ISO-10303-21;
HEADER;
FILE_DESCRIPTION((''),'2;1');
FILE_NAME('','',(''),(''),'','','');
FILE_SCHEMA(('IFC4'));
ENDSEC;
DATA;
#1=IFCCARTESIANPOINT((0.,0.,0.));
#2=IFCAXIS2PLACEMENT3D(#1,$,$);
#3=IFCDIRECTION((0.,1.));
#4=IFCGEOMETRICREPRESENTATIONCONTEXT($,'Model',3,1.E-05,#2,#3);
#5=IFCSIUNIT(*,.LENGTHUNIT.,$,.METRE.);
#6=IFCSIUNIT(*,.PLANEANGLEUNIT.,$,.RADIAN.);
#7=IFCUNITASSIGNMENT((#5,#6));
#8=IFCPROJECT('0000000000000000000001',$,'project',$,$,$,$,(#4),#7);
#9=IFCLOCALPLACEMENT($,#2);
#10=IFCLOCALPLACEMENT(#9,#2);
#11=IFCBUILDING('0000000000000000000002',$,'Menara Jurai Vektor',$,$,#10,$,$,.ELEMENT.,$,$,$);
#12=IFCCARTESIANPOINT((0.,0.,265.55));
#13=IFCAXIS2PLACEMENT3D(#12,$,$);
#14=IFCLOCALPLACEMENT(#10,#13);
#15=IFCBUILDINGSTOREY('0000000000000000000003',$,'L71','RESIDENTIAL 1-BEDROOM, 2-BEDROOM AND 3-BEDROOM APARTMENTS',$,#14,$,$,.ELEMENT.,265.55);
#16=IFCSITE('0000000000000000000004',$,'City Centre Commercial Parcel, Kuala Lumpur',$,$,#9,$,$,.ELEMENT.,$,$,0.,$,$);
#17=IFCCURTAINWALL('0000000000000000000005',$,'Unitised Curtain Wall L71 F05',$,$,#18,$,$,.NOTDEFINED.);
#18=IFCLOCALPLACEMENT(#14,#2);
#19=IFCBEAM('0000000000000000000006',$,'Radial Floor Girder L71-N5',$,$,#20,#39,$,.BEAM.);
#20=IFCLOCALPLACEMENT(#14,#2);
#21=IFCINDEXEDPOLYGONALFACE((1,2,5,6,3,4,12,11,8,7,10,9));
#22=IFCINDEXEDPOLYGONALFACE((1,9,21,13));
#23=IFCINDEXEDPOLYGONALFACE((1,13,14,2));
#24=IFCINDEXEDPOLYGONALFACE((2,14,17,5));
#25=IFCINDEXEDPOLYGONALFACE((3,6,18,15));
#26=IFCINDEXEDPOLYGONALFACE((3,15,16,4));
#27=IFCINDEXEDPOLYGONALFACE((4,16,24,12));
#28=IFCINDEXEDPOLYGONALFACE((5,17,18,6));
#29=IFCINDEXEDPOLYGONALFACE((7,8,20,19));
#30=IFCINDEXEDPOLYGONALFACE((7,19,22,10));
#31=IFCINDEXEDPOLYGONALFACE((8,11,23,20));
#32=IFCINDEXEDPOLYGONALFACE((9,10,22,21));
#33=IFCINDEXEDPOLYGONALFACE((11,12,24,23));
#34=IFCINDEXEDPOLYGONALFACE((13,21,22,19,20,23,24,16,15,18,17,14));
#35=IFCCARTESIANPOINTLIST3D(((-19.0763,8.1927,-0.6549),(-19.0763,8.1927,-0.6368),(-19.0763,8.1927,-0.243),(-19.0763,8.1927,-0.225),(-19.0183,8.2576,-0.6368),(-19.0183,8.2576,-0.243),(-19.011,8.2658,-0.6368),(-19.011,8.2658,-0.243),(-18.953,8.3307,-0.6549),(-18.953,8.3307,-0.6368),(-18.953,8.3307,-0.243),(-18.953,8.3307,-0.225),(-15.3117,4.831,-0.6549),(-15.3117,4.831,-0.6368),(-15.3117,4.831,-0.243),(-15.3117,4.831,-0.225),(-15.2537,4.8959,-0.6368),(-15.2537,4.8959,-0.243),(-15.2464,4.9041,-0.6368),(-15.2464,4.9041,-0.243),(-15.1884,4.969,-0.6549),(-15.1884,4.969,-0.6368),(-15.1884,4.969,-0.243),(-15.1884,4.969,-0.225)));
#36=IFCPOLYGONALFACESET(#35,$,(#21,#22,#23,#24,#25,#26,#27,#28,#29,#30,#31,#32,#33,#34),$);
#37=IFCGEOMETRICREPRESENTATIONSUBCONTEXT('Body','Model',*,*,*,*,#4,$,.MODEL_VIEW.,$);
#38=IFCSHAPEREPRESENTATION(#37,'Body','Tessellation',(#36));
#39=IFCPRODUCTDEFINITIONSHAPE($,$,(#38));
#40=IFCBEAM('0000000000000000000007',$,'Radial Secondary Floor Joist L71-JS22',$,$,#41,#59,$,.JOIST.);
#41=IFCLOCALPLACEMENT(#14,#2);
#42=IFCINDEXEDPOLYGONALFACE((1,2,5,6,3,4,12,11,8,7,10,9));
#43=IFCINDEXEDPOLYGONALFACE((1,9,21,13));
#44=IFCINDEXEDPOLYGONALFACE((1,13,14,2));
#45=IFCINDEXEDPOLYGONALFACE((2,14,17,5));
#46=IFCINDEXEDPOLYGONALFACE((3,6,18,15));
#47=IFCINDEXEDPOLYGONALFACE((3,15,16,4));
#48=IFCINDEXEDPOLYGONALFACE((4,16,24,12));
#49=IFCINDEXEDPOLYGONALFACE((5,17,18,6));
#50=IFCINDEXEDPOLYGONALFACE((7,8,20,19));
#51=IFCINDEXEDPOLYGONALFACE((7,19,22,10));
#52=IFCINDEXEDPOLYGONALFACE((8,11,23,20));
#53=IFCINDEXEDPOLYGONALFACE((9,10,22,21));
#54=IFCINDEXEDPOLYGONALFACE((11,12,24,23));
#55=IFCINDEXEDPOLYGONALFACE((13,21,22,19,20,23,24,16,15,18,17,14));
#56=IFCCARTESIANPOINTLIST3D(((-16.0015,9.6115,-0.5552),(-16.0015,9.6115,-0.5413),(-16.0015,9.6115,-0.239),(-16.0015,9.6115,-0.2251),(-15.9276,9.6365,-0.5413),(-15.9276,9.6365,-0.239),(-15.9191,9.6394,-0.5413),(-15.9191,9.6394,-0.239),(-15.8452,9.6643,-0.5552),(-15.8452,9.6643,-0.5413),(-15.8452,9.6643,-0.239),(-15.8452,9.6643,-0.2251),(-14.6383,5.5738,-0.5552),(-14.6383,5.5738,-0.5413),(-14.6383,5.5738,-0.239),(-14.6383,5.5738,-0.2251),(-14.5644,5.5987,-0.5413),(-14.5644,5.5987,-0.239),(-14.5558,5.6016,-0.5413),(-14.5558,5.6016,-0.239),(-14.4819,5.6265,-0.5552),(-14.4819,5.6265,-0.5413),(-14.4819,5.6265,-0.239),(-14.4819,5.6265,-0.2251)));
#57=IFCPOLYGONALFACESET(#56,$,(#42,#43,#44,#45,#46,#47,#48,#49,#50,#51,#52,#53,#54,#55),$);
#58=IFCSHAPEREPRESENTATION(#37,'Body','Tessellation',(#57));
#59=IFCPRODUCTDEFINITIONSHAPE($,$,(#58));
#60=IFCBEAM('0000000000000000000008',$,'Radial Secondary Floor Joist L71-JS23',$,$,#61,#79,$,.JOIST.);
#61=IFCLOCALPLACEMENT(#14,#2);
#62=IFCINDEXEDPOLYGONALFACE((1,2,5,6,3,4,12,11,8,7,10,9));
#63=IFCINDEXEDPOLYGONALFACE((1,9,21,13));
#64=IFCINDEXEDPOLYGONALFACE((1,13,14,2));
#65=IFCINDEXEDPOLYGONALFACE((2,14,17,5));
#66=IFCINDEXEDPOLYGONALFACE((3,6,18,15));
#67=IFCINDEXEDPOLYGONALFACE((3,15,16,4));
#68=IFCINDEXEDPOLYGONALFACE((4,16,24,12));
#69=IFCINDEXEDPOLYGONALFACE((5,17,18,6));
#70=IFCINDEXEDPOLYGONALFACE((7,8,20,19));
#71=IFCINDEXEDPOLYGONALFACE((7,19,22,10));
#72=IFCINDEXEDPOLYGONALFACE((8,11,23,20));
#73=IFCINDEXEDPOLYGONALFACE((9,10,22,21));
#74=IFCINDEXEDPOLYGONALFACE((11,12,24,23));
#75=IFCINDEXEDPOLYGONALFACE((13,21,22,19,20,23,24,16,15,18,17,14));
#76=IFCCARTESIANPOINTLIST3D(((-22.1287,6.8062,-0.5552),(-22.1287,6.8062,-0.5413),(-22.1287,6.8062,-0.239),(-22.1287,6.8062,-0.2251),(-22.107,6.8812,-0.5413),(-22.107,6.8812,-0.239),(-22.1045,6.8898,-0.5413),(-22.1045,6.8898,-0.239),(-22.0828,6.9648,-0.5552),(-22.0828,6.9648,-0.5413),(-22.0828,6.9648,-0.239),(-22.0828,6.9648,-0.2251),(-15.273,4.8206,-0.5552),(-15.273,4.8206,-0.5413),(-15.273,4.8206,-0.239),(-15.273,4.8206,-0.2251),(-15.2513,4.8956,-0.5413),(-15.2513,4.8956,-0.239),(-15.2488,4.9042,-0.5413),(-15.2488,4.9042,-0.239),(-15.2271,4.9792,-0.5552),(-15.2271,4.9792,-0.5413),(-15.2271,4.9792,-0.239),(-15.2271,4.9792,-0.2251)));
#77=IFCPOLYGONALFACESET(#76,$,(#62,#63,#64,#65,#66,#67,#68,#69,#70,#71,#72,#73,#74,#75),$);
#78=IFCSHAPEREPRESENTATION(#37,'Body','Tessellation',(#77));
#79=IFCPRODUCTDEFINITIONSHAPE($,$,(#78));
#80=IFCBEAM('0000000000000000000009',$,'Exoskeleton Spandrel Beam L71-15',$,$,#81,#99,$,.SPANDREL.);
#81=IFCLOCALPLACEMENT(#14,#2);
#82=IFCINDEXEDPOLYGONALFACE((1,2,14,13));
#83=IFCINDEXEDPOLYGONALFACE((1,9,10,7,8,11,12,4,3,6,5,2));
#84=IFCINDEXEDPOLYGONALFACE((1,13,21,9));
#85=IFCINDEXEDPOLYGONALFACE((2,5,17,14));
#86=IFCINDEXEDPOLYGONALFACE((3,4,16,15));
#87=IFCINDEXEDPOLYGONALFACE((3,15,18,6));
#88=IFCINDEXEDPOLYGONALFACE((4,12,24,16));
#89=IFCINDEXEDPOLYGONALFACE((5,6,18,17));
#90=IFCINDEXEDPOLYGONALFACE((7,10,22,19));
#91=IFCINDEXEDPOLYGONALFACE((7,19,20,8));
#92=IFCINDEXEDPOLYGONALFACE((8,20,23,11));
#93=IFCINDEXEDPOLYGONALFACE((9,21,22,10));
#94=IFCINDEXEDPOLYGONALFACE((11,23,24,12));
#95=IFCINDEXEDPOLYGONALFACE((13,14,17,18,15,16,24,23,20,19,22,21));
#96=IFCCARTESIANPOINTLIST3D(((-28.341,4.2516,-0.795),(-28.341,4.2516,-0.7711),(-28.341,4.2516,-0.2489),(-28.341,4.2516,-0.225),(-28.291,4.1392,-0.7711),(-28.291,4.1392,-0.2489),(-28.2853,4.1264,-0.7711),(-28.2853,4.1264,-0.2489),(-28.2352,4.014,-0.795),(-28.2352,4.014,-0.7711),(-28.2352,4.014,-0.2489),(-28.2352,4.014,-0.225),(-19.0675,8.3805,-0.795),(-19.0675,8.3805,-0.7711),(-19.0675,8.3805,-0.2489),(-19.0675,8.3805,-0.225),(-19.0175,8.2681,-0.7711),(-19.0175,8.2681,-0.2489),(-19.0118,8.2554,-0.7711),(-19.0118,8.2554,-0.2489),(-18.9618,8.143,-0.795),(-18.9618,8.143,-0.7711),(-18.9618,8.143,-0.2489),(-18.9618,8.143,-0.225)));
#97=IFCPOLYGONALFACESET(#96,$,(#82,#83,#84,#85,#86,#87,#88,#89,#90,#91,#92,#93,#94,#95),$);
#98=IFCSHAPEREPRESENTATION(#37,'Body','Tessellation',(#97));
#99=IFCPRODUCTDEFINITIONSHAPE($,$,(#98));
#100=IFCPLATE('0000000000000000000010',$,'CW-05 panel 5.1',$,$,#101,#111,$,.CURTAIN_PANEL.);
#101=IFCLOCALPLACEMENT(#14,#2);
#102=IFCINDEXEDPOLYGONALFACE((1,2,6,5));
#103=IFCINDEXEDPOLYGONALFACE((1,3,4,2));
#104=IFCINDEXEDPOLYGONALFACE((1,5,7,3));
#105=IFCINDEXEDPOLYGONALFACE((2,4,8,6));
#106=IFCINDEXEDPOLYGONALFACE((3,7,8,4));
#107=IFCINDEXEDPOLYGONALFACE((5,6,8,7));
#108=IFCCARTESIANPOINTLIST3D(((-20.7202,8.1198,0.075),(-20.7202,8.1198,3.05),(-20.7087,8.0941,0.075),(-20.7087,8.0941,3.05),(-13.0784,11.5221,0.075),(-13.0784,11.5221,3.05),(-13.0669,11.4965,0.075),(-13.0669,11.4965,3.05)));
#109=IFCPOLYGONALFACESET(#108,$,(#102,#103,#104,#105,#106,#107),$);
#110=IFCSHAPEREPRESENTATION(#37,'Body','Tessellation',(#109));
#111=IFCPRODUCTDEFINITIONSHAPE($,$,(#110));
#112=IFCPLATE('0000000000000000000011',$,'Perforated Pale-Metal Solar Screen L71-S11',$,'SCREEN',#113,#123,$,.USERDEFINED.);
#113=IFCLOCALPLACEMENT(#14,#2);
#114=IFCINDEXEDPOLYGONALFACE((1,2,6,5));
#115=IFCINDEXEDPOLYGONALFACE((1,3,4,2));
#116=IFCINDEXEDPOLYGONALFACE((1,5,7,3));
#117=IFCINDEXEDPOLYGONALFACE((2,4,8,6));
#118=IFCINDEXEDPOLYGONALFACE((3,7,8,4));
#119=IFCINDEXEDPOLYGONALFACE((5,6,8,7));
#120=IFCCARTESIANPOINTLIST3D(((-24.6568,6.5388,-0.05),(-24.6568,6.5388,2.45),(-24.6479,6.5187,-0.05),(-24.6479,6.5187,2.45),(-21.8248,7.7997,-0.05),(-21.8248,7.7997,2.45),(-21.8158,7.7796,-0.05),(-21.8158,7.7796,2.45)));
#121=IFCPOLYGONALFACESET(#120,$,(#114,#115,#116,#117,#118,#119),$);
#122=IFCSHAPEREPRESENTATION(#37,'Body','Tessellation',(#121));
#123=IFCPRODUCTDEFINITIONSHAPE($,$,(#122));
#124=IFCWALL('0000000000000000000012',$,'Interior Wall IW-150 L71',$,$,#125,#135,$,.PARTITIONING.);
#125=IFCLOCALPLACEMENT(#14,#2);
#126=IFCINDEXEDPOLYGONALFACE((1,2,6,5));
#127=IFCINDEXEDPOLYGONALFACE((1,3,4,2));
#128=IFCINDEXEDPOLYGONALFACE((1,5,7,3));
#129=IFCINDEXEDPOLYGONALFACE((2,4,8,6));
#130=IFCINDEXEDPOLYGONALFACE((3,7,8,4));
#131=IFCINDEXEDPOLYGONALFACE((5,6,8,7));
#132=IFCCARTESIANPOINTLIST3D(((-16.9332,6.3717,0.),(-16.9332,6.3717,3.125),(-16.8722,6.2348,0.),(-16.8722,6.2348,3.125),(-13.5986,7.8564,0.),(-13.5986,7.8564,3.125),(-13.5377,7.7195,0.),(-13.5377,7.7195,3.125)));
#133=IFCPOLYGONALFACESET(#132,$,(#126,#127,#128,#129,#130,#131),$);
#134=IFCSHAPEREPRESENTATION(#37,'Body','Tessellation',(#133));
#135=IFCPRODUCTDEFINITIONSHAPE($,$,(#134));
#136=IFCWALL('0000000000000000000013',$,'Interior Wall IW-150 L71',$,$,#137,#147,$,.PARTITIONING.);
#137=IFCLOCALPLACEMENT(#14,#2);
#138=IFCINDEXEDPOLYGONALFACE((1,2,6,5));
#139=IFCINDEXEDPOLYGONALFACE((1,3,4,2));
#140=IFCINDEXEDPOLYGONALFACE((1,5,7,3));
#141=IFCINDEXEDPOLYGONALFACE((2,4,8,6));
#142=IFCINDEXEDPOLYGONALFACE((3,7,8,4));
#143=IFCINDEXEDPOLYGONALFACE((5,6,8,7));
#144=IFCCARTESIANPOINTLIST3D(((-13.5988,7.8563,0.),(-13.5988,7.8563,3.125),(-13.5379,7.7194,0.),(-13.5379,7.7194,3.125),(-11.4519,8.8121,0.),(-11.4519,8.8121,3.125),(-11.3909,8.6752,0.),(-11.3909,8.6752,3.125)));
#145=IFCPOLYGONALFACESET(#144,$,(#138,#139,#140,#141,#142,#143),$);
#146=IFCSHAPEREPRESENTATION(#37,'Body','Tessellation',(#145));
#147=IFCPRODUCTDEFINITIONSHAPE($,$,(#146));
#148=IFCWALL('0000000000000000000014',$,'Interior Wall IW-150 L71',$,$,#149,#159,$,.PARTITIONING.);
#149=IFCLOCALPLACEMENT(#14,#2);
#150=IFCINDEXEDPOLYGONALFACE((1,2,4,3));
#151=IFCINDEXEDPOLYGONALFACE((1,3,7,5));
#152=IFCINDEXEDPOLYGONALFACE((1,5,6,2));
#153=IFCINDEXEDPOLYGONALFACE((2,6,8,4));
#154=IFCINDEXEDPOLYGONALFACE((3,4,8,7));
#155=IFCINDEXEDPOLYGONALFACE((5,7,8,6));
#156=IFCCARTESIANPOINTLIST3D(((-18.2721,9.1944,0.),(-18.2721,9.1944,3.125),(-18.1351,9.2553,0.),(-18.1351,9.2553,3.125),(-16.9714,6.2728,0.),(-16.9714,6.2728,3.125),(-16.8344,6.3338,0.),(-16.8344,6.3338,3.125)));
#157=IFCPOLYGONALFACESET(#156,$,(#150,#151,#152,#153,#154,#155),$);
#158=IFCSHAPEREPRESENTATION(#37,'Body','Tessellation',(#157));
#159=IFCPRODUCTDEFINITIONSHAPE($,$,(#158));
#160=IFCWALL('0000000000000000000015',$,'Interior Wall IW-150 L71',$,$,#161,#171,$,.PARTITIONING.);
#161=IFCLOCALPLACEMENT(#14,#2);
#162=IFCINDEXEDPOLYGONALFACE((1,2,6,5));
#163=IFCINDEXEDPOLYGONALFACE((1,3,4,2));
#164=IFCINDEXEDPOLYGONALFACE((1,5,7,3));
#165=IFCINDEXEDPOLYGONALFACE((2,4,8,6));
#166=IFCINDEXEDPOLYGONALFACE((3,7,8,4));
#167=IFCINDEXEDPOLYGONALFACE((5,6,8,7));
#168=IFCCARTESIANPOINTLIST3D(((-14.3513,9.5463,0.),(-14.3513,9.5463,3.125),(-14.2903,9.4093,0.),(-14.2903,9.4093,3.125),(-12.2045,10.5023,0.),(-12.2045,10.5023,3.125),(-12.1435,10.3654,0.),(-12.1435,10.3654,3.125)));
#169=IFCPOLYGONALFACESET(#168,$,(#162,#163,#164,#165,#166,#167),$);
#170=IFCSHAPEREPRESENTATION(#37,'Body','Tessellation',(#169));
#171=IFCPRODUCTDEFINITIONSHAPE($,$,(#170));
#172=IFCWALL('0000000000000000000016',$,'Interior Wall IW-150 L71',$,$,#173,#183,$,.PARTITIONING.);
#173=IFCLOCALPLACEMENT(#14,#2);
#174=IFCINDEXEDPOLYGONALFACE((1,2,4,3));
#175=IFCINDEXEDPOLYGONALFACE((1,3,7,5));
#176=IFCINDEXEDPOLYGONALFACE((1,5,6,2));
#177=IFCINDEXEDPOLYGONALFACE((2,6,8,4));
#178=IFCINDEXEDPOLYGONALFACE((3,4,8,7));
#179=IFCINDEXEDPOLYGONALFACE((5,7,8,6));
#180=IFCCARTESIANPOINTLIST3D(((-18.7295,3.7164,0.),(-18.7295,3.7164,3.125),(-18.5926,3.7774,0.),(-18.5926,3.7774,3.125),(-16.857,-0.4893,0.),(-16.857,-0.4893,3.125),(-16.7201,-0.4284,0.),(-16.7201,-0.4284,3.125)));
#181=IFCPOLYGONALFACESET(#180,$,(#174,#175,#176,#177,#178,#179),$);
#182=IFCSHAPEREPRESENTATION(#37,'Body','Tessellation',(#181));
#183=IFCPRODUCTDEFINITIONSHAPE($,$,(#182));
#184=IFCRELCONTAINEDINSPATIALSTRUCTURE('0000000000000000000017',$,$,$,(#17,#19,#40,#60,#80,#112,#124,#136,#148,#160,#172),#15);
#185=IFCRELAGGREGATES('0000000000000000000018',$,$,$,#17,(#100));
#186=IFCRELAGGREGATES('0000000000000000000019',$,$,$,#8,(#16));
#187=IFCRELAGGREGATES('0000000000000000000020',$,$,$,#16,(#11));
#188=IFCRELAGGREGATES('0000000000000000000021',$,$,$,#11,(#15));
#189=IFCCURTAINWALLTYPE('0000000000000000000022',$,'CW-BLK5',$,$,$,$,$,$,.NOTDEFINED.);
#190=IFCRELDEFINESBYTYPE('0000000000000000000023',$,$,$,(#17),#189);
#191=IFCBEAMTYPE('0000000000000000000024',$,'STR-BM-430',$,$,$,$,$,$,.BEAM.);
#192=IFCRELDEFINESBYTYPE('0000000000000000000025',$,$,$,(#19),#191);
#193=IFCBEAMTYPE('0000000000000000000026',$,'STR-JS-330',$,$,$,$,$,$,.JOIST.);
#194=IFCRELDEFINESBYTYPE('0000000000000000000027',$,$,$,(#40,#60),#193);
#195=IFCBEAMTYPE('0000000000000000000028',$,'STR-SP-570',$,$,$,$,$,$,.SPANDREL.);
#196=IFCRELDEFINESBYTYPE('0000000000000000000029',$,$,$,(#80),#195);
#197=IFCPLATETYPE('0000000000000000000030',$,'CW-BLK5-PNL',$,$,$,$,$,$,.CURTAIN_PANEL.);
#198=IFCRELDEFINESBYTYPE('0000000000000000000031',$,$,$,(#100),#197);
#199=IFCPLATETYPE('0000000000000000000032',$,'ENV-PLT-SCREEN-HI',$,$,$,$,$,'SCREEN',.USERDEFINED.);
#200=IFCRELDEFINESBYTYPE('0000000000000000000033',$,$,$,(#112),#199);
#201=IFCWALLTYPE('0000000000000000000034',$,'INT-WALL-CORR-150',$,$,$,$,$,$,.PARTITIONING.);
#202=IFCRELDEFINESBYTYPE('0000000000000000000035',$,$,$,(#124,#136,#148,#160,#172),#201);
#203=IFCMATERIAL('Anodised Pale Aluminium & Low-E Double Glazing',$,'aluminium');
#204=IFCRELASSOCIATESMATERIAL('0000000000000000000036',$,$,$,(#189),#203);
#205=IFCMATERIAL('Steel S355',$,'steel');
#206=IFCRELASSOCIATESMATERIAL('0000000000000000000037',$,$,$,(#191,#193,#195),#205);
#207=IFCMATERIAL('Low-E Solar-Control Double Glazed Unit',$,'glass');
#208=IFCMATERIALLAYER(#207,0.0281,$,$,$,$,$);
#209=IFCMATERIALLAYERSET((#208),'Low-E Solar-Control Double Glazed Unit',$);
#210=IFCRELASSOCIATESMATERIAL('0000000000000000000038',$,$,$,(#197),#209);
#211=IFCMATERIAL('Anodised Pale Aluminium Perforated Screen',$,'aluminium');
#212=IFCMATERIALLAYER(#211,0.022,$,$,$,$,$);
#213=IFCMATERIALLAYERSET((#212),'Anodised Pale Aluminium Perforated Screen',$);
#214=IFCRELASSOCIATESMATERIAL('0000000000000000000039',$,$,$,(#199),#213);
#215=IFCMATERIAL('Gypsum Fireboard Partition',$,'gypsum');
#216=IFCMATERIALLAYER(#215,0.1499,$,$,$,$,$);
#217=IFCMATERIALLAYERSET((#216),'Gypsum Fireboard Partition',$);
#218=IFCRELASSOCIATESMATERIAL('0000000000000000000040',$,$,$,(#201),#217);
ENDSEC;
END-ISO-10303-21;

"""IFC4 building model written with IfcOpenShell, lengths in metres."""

from ifc_helpers import new_model, si_unit, direction, frame, frame_2d, origin, origin_2d, place, context, subcontext, project, spatial, rectangle, i_section, extrude, material, layer, layer_set, material_profile, profile_set, type_object, element, aggregate, save


model = new_model("IFC4")

# Units and contexts
model_context = context("Model", 3, precision=1e-05, world=origin(), true_north=direction((0.0, 1.0)))
body_context = subcontext(model_context, "Body", "Model", "MODEL_VIEW")
ifc_project = project(units=[si_unit("LENGTHUNIT", "METRE"), si_unit("PLANEANGLEUNIT", "RADIAN")], contexts=[model_context])

# Site, building, storey
site_placement = place(None, origin())
site = spatial("IfcSite", under=ifc_project, at=site_placement, Name="City Centre Commercial Parcel, Kuala Lumpur", CompositionType="ELEMENT", RefElevation=0.0)
building_placement = place(site_placement, origin())
building = spatial("IfcBuilding", under=site, at=building_placement, Name="Menara Jurai Vektor", CompositionType="ELEMENT")
storey_placement = place(building_placement, frame((0.0, 0.0, 265.55)))
storey = spatial("IfcBuildingStorey", under=building, at=storey_placement, Name="L71", Description="RESIDENTIAL 1-BEDROOM, 2-BEDROOM AND 3-BEDROOM APARTMENTS", CompositionType="ELEMENT", Elevation=265.55)

# Curtain wall
ifc_material_1 = material(Name="Anodised Pale Aluminium & Low-E Double Glazing", Category="aluminium")
curtain_wall_type = type_object("IfcCurtainWallType", Name="CW-BLK5", PredefinedType="NOTDEFINED", material=ifc_material_1)
curtain_wall_placement = place(storey_placement, origin())
curtain_wall = element("IfcCurtainWall", 1, at=curtain_wall_placement, inside=storey, type_object=curtain_wall_type, Name="Unitised Curtain Wall L71 F05", PredefinedType="NOTDEFINED")

# Beams
ifc_material_2 = material(Name="Steel S355", Category="steel")
ifc_material_profile_1 = material_profile(ifc_material_2, i_section(OverallWidth=0.1851, OverallDepth=0.4299, WebThickness=0.011, FlangeThickness=0.0181, at=origin_2d()), Name="PG 430x185x76")
ifc_profile_set_1 = profile_set([ifc_material_profile_1], Name="Steel S355")
beam_type_1 = type_object("IfcBeamType", Name="STR-BM-430", PredefinedType="BEAM", material=ifc_profile_set_1)
beam_1_placement = place(storey_placement, frame((-19.0146, 8.2617, -0.4399), z_axis=(0.745886, -0.666073, 0.0), x_axis=(0.666073, 0.745886, 0.0)))
element("IfcBeam", 2, at=beam_1_placement, inside=storey, type_object=beam_type_1, Name="Radial Floor Girder L71-N5", PredefinedType="BEAM", context=body_context, shape_type="SweptSolid", body=[
    extrude(i_section(OverallWidth=0.1851, OverallDepth=0.4299, WebThickness=0.011, FlangeThickness=0.0181, at=origin_2d()), origin(), (0.0, 0.0, 1.0), 5.0471),
])
ifc_material_profile_2 = material_profile(ifc_material_2, i_section(OverallWidth=0.165, OverallDepth=0.3301, WebThickness=0.009, FlangeThickness=0.0139, at=origin_2d()), Name="PG 330x165x46")
ifc_profile_set_2 = profile_set([ifc_material_profile_2], Name="Steel S355")
beam_type_2 = type_object("IfcBeamType", Name="STR-JS-330", PredefinedType="JOIST", material=ifc_profile_set_2)
beam_2_placement = place(storey_placement, frame((-15.9233, 9.6379, -0.3901), z_axis=(0.319886, -0.947456, 0.0), x_axis=(0.947456, 0.319886, 0.0)))
element("IfcBeam", 3, at=beam_2_placement, inside=storey, type_object=beam_type_2, Name="Radial Secondary Floor Joist L71-JS22", PredefinedType="JOIST", context=body_context, shape_type="SweptSolid", body=[
    extrude(i_section(OverallWidth=0.165, OverallDepth=0.3301, WebThickness=0.009, FlangeThickness=0.0139, at=origin_2d()), origin(), (0.0, 0.0, 1.0), 4.2617),
])
beam_3_placement = place(storey_placement, frame((-22.1057, 6.8855, -0.3901), z_axis=(0.960525, -0.278193, 0.0), x_axis=(0.278193, 0.960525, 0.0)))
element("IfcBeam", 4, at=beam_3_placement, inside=storey, type_object=beam_type_2, Name="Radial Secondary Floor Joist L71-JS23", PredefinedType="JOIST", context=body_context, shape_type="SweptSolid", body=[
    extrude(i_section(OverallWidth=0.165, OverallDepth=0.3301, WebThickness=0.009, FlangeThickness=0.0139, at=origin_2d()), origin(), (0.0, 0.0, 1.0), 7.1375),
])
ifc_material_profile_3 = material_profile(ifc_material_2, i_section(OverallWidth=0.26, OverallDepth=0.5701, WebThickness=0.0139, FlangeThickness=0.0239, at=origin_2d()), Name="PG 570x260x145")
ifc_profile_set_3 = profile_set([ifc_material_profile_3], Name="Steel S355")
beam_type_3 = type_object("IfcBeamType", Name="STR-SP-570", PredefinedType="SPANDREL", material=ifc_profile_set_3)
beam_4_placement = place(storey_placement, frame((-19.0146, 8.2617, -0.51), z_axis=(-0.913542, -0.406745, 0.0), x_axis=(0.406745, -0.913542, 0.0)))
element("IfcBeam", 5, at=beam_4_placement, inside=storey, type_object=beam_type_3, Name="Exoskeleton Spandrel Beam L71-15", PredefinedType="SPANDREL", context=body_context, shape_type="SweptSolid", body=[
    extrude(i_section(OverallWidth=0.26, OverallDepth=0.5701, WebThickness=0.0139, FlangeThickness=0.0239, at=origin_2d()), origin(), (0.0, 0.0, 1.0), 10.1511),
])

# Plates
ifc_material_3 = material(Name="Low-E Solar-Control Double Glazed Unit", Category="glass")
ifc_layer_1 = layer(ifc_material_3, 0.0281)
ifc_layer_set_1 = layer_set([ifc_layer_1], Name="Low-E Solar-Control Double Glazed Unit")
plate_type_1 = type_object("IfcPlateType", Name="CW-BLK5-PNL", PredefinedType="CURTAIN_PANEL", material=ifc_layer_set_1)
plate_1_placement = place(storey_placement, frame((-16.8936, 9.8081, 0.075), z_axis=(0.0, 0.0, 1.0), x_axis=(-0.913546, -0.406735, 0.0)))
plate_1 = element("IfcPlate", 6, at=plate_1_placement, type_object=plate_type_1, Name="CW-05 panel 5.1", PredefinedType="CURTAIN_PANEL", context=body_context, shape_type="SweptSolid", body=[
    extrude(rectangle(XDim=8.365, YDim=0.0281, at=origin_2d()), origin(), (0.0, 0.0, 1.0), 2.9751),
])
aggregate(curtain_wall, [plate_1])
ifc_material_4 = material(Name="Anodised Pale Aluminium Perforated Screen", Category="aluminium")
ifc_layer_2 = layer(ifc_material_4, 0.022)
ifc_layer_set_2 = layer_set([ifc_layer_2], Name="Anodised Pale Aluminium Perforated Screen")
plate_type_2 = type_object("IfcPlateType", Name="ENV-PLT-SCREEN-HI", ElementType="SCREEN", PredefinedType="USERDEFINED", material=ifc_layer_set_2)
plate_2_placement = place(storey_placement, frame((-23.2363, 7.1592, -0.05), z_axis=(0.0, 0.0, 1.0), x_axis=(-0.913545, -0.406737, 0.0)))
element("IfcPlate", 7, at=plate_2_placement, inside=storey, type_object=plate_type_2, Name="Perforated Pale-Metal Solar Screen L71-S11", ObjectType="SCREEN", PredefinedType="USERDEFINED", context=body_context, shape_type="SweptSolid", body=[
    extrude(rectangle(XDim=3.1001, YDim=0.022, at=origin_2d()), origin(), (0.0, 0.0, 1.0), 2.5),
])

# Shared definitions
ifc_material_5 = material(Name="Gypsum Fireboard Partition", Category="gypsum")
ifc_layer_3 = layer(ifc_material_5, 0.1499)
ifc_layer_set_3 = layer_set([ifc_layer_3], Name="Gypsum Fireboard Partition")
wall_type_1 = type_object("IfcWallType", Name="INT-WALL-CORR-150", PredefinedType="PARTITIONING", material=ifc_layer_set_3)

# Walls
wall_1_placement = place(storey_placement, frame((-16.9028, 6.3032, 0.0), z_axis=(0.0, 0.0, 1.0), x_axis=(0.913544, 0.40674, 0.0)))
element("IfcWall", 8, at=wall_1_placement, inside=storey, type_object=wall_type_1, Name="Interior Wall IW-150 L71", PredefinedType="PARTITIONING", context=body_context, shape_type="SweptSolid", body=[
    extrude(rectangle(XDim=3.6501, YDim=0.1499, at=frame_2d((1.8252, 0.0))), origin(), (0.0, 0.0, 1.0), 3.125),
])
wall_2_placement = place(storey_placement, frame((-13.5684, 7.7878, 0.0), z_axis=(0.0, 0.0, 1.0), x_axis=(0.913559, 0.406707, 0.0)))
element("IfcWall", 9, at=wall_2_placement, inside=storey, type_object=wall_type_1, Name="Interior Wall IW-150 L71", PredefinedType="PARTITIONING", context=body_context, shape_type="SweptSolid", body=[
    extrude(rectangle(XDim=2.3501, YDim=0.1499, at=frame_2d((1.175, 0.0))), origin(), (0.0, 0.0, 1.0), 3.125),
])

# Wall
wall_3_placement = place(storey_placement, frame((-16.9028, 6.3032, 0.0), z_axis=(0.0, 0.0, 1.0), x_axis=(-0.406733, 0.913547, 0.0)))
element("IfcWall", 10, at=wall_3_placement, inside=storey, type_object=wall_type_1, Name="Interior Wall IW-150 L71", PredefinedType="PARTITIONING", context=body_context, shape_type="SweptSolid", body=[
    extrude(rectangle(XDim=3.198, YDim=0.1499, at=frame_2d((1.5991, 0.0))), origin(), (0.0, 0.0, 1.0), 3.125),
])

# Walls
wall_4_placement = place(storey_placement, frame((-14.3208, 9.4778, 0.0), z_axis=(0.0, 0.0, 1.0), x_axis=(0.913503, 0.406832, 0.0)))
element("IfcWall", 11, at=wall_4_placement, inside=storey, type_object=wall_type_1, Name="Interior Wall IW-150 L71", PredefinedType="PARTITIONING", context=body_context, shape_type="SweptSolid", body=[
    extrude(rectangle(XDim=2.3501, YDim=0.1499, at=frame_2d((1.175, 0.0))), origin(), (0.0, 0.0, 1.0), 3.125),
])
wall_5_placement = place(storey_placement, frame((-16.7886, -0.4587, 0.0), z_axis=(0.0, 0.0, 1.0), x_axis=(-0.406739, 0.913545, 0.0)))
element("IfcWall", 12, at=wall_5_placement, inside=storey, type_object=wall_type_1, Name="Interior Wall IW-150 L71", PredefinedType="PARTITIONING", context=body_context, shape_type="SweptSolid", body=[
    extrude(rectangle(XDim=4.6038, YDim=0.1499, at=frame_2d((2.3018, 0.0))), origin(), (0.0, 0.0, 1.0), 3.125),
])

save(model, "model.ifc")
